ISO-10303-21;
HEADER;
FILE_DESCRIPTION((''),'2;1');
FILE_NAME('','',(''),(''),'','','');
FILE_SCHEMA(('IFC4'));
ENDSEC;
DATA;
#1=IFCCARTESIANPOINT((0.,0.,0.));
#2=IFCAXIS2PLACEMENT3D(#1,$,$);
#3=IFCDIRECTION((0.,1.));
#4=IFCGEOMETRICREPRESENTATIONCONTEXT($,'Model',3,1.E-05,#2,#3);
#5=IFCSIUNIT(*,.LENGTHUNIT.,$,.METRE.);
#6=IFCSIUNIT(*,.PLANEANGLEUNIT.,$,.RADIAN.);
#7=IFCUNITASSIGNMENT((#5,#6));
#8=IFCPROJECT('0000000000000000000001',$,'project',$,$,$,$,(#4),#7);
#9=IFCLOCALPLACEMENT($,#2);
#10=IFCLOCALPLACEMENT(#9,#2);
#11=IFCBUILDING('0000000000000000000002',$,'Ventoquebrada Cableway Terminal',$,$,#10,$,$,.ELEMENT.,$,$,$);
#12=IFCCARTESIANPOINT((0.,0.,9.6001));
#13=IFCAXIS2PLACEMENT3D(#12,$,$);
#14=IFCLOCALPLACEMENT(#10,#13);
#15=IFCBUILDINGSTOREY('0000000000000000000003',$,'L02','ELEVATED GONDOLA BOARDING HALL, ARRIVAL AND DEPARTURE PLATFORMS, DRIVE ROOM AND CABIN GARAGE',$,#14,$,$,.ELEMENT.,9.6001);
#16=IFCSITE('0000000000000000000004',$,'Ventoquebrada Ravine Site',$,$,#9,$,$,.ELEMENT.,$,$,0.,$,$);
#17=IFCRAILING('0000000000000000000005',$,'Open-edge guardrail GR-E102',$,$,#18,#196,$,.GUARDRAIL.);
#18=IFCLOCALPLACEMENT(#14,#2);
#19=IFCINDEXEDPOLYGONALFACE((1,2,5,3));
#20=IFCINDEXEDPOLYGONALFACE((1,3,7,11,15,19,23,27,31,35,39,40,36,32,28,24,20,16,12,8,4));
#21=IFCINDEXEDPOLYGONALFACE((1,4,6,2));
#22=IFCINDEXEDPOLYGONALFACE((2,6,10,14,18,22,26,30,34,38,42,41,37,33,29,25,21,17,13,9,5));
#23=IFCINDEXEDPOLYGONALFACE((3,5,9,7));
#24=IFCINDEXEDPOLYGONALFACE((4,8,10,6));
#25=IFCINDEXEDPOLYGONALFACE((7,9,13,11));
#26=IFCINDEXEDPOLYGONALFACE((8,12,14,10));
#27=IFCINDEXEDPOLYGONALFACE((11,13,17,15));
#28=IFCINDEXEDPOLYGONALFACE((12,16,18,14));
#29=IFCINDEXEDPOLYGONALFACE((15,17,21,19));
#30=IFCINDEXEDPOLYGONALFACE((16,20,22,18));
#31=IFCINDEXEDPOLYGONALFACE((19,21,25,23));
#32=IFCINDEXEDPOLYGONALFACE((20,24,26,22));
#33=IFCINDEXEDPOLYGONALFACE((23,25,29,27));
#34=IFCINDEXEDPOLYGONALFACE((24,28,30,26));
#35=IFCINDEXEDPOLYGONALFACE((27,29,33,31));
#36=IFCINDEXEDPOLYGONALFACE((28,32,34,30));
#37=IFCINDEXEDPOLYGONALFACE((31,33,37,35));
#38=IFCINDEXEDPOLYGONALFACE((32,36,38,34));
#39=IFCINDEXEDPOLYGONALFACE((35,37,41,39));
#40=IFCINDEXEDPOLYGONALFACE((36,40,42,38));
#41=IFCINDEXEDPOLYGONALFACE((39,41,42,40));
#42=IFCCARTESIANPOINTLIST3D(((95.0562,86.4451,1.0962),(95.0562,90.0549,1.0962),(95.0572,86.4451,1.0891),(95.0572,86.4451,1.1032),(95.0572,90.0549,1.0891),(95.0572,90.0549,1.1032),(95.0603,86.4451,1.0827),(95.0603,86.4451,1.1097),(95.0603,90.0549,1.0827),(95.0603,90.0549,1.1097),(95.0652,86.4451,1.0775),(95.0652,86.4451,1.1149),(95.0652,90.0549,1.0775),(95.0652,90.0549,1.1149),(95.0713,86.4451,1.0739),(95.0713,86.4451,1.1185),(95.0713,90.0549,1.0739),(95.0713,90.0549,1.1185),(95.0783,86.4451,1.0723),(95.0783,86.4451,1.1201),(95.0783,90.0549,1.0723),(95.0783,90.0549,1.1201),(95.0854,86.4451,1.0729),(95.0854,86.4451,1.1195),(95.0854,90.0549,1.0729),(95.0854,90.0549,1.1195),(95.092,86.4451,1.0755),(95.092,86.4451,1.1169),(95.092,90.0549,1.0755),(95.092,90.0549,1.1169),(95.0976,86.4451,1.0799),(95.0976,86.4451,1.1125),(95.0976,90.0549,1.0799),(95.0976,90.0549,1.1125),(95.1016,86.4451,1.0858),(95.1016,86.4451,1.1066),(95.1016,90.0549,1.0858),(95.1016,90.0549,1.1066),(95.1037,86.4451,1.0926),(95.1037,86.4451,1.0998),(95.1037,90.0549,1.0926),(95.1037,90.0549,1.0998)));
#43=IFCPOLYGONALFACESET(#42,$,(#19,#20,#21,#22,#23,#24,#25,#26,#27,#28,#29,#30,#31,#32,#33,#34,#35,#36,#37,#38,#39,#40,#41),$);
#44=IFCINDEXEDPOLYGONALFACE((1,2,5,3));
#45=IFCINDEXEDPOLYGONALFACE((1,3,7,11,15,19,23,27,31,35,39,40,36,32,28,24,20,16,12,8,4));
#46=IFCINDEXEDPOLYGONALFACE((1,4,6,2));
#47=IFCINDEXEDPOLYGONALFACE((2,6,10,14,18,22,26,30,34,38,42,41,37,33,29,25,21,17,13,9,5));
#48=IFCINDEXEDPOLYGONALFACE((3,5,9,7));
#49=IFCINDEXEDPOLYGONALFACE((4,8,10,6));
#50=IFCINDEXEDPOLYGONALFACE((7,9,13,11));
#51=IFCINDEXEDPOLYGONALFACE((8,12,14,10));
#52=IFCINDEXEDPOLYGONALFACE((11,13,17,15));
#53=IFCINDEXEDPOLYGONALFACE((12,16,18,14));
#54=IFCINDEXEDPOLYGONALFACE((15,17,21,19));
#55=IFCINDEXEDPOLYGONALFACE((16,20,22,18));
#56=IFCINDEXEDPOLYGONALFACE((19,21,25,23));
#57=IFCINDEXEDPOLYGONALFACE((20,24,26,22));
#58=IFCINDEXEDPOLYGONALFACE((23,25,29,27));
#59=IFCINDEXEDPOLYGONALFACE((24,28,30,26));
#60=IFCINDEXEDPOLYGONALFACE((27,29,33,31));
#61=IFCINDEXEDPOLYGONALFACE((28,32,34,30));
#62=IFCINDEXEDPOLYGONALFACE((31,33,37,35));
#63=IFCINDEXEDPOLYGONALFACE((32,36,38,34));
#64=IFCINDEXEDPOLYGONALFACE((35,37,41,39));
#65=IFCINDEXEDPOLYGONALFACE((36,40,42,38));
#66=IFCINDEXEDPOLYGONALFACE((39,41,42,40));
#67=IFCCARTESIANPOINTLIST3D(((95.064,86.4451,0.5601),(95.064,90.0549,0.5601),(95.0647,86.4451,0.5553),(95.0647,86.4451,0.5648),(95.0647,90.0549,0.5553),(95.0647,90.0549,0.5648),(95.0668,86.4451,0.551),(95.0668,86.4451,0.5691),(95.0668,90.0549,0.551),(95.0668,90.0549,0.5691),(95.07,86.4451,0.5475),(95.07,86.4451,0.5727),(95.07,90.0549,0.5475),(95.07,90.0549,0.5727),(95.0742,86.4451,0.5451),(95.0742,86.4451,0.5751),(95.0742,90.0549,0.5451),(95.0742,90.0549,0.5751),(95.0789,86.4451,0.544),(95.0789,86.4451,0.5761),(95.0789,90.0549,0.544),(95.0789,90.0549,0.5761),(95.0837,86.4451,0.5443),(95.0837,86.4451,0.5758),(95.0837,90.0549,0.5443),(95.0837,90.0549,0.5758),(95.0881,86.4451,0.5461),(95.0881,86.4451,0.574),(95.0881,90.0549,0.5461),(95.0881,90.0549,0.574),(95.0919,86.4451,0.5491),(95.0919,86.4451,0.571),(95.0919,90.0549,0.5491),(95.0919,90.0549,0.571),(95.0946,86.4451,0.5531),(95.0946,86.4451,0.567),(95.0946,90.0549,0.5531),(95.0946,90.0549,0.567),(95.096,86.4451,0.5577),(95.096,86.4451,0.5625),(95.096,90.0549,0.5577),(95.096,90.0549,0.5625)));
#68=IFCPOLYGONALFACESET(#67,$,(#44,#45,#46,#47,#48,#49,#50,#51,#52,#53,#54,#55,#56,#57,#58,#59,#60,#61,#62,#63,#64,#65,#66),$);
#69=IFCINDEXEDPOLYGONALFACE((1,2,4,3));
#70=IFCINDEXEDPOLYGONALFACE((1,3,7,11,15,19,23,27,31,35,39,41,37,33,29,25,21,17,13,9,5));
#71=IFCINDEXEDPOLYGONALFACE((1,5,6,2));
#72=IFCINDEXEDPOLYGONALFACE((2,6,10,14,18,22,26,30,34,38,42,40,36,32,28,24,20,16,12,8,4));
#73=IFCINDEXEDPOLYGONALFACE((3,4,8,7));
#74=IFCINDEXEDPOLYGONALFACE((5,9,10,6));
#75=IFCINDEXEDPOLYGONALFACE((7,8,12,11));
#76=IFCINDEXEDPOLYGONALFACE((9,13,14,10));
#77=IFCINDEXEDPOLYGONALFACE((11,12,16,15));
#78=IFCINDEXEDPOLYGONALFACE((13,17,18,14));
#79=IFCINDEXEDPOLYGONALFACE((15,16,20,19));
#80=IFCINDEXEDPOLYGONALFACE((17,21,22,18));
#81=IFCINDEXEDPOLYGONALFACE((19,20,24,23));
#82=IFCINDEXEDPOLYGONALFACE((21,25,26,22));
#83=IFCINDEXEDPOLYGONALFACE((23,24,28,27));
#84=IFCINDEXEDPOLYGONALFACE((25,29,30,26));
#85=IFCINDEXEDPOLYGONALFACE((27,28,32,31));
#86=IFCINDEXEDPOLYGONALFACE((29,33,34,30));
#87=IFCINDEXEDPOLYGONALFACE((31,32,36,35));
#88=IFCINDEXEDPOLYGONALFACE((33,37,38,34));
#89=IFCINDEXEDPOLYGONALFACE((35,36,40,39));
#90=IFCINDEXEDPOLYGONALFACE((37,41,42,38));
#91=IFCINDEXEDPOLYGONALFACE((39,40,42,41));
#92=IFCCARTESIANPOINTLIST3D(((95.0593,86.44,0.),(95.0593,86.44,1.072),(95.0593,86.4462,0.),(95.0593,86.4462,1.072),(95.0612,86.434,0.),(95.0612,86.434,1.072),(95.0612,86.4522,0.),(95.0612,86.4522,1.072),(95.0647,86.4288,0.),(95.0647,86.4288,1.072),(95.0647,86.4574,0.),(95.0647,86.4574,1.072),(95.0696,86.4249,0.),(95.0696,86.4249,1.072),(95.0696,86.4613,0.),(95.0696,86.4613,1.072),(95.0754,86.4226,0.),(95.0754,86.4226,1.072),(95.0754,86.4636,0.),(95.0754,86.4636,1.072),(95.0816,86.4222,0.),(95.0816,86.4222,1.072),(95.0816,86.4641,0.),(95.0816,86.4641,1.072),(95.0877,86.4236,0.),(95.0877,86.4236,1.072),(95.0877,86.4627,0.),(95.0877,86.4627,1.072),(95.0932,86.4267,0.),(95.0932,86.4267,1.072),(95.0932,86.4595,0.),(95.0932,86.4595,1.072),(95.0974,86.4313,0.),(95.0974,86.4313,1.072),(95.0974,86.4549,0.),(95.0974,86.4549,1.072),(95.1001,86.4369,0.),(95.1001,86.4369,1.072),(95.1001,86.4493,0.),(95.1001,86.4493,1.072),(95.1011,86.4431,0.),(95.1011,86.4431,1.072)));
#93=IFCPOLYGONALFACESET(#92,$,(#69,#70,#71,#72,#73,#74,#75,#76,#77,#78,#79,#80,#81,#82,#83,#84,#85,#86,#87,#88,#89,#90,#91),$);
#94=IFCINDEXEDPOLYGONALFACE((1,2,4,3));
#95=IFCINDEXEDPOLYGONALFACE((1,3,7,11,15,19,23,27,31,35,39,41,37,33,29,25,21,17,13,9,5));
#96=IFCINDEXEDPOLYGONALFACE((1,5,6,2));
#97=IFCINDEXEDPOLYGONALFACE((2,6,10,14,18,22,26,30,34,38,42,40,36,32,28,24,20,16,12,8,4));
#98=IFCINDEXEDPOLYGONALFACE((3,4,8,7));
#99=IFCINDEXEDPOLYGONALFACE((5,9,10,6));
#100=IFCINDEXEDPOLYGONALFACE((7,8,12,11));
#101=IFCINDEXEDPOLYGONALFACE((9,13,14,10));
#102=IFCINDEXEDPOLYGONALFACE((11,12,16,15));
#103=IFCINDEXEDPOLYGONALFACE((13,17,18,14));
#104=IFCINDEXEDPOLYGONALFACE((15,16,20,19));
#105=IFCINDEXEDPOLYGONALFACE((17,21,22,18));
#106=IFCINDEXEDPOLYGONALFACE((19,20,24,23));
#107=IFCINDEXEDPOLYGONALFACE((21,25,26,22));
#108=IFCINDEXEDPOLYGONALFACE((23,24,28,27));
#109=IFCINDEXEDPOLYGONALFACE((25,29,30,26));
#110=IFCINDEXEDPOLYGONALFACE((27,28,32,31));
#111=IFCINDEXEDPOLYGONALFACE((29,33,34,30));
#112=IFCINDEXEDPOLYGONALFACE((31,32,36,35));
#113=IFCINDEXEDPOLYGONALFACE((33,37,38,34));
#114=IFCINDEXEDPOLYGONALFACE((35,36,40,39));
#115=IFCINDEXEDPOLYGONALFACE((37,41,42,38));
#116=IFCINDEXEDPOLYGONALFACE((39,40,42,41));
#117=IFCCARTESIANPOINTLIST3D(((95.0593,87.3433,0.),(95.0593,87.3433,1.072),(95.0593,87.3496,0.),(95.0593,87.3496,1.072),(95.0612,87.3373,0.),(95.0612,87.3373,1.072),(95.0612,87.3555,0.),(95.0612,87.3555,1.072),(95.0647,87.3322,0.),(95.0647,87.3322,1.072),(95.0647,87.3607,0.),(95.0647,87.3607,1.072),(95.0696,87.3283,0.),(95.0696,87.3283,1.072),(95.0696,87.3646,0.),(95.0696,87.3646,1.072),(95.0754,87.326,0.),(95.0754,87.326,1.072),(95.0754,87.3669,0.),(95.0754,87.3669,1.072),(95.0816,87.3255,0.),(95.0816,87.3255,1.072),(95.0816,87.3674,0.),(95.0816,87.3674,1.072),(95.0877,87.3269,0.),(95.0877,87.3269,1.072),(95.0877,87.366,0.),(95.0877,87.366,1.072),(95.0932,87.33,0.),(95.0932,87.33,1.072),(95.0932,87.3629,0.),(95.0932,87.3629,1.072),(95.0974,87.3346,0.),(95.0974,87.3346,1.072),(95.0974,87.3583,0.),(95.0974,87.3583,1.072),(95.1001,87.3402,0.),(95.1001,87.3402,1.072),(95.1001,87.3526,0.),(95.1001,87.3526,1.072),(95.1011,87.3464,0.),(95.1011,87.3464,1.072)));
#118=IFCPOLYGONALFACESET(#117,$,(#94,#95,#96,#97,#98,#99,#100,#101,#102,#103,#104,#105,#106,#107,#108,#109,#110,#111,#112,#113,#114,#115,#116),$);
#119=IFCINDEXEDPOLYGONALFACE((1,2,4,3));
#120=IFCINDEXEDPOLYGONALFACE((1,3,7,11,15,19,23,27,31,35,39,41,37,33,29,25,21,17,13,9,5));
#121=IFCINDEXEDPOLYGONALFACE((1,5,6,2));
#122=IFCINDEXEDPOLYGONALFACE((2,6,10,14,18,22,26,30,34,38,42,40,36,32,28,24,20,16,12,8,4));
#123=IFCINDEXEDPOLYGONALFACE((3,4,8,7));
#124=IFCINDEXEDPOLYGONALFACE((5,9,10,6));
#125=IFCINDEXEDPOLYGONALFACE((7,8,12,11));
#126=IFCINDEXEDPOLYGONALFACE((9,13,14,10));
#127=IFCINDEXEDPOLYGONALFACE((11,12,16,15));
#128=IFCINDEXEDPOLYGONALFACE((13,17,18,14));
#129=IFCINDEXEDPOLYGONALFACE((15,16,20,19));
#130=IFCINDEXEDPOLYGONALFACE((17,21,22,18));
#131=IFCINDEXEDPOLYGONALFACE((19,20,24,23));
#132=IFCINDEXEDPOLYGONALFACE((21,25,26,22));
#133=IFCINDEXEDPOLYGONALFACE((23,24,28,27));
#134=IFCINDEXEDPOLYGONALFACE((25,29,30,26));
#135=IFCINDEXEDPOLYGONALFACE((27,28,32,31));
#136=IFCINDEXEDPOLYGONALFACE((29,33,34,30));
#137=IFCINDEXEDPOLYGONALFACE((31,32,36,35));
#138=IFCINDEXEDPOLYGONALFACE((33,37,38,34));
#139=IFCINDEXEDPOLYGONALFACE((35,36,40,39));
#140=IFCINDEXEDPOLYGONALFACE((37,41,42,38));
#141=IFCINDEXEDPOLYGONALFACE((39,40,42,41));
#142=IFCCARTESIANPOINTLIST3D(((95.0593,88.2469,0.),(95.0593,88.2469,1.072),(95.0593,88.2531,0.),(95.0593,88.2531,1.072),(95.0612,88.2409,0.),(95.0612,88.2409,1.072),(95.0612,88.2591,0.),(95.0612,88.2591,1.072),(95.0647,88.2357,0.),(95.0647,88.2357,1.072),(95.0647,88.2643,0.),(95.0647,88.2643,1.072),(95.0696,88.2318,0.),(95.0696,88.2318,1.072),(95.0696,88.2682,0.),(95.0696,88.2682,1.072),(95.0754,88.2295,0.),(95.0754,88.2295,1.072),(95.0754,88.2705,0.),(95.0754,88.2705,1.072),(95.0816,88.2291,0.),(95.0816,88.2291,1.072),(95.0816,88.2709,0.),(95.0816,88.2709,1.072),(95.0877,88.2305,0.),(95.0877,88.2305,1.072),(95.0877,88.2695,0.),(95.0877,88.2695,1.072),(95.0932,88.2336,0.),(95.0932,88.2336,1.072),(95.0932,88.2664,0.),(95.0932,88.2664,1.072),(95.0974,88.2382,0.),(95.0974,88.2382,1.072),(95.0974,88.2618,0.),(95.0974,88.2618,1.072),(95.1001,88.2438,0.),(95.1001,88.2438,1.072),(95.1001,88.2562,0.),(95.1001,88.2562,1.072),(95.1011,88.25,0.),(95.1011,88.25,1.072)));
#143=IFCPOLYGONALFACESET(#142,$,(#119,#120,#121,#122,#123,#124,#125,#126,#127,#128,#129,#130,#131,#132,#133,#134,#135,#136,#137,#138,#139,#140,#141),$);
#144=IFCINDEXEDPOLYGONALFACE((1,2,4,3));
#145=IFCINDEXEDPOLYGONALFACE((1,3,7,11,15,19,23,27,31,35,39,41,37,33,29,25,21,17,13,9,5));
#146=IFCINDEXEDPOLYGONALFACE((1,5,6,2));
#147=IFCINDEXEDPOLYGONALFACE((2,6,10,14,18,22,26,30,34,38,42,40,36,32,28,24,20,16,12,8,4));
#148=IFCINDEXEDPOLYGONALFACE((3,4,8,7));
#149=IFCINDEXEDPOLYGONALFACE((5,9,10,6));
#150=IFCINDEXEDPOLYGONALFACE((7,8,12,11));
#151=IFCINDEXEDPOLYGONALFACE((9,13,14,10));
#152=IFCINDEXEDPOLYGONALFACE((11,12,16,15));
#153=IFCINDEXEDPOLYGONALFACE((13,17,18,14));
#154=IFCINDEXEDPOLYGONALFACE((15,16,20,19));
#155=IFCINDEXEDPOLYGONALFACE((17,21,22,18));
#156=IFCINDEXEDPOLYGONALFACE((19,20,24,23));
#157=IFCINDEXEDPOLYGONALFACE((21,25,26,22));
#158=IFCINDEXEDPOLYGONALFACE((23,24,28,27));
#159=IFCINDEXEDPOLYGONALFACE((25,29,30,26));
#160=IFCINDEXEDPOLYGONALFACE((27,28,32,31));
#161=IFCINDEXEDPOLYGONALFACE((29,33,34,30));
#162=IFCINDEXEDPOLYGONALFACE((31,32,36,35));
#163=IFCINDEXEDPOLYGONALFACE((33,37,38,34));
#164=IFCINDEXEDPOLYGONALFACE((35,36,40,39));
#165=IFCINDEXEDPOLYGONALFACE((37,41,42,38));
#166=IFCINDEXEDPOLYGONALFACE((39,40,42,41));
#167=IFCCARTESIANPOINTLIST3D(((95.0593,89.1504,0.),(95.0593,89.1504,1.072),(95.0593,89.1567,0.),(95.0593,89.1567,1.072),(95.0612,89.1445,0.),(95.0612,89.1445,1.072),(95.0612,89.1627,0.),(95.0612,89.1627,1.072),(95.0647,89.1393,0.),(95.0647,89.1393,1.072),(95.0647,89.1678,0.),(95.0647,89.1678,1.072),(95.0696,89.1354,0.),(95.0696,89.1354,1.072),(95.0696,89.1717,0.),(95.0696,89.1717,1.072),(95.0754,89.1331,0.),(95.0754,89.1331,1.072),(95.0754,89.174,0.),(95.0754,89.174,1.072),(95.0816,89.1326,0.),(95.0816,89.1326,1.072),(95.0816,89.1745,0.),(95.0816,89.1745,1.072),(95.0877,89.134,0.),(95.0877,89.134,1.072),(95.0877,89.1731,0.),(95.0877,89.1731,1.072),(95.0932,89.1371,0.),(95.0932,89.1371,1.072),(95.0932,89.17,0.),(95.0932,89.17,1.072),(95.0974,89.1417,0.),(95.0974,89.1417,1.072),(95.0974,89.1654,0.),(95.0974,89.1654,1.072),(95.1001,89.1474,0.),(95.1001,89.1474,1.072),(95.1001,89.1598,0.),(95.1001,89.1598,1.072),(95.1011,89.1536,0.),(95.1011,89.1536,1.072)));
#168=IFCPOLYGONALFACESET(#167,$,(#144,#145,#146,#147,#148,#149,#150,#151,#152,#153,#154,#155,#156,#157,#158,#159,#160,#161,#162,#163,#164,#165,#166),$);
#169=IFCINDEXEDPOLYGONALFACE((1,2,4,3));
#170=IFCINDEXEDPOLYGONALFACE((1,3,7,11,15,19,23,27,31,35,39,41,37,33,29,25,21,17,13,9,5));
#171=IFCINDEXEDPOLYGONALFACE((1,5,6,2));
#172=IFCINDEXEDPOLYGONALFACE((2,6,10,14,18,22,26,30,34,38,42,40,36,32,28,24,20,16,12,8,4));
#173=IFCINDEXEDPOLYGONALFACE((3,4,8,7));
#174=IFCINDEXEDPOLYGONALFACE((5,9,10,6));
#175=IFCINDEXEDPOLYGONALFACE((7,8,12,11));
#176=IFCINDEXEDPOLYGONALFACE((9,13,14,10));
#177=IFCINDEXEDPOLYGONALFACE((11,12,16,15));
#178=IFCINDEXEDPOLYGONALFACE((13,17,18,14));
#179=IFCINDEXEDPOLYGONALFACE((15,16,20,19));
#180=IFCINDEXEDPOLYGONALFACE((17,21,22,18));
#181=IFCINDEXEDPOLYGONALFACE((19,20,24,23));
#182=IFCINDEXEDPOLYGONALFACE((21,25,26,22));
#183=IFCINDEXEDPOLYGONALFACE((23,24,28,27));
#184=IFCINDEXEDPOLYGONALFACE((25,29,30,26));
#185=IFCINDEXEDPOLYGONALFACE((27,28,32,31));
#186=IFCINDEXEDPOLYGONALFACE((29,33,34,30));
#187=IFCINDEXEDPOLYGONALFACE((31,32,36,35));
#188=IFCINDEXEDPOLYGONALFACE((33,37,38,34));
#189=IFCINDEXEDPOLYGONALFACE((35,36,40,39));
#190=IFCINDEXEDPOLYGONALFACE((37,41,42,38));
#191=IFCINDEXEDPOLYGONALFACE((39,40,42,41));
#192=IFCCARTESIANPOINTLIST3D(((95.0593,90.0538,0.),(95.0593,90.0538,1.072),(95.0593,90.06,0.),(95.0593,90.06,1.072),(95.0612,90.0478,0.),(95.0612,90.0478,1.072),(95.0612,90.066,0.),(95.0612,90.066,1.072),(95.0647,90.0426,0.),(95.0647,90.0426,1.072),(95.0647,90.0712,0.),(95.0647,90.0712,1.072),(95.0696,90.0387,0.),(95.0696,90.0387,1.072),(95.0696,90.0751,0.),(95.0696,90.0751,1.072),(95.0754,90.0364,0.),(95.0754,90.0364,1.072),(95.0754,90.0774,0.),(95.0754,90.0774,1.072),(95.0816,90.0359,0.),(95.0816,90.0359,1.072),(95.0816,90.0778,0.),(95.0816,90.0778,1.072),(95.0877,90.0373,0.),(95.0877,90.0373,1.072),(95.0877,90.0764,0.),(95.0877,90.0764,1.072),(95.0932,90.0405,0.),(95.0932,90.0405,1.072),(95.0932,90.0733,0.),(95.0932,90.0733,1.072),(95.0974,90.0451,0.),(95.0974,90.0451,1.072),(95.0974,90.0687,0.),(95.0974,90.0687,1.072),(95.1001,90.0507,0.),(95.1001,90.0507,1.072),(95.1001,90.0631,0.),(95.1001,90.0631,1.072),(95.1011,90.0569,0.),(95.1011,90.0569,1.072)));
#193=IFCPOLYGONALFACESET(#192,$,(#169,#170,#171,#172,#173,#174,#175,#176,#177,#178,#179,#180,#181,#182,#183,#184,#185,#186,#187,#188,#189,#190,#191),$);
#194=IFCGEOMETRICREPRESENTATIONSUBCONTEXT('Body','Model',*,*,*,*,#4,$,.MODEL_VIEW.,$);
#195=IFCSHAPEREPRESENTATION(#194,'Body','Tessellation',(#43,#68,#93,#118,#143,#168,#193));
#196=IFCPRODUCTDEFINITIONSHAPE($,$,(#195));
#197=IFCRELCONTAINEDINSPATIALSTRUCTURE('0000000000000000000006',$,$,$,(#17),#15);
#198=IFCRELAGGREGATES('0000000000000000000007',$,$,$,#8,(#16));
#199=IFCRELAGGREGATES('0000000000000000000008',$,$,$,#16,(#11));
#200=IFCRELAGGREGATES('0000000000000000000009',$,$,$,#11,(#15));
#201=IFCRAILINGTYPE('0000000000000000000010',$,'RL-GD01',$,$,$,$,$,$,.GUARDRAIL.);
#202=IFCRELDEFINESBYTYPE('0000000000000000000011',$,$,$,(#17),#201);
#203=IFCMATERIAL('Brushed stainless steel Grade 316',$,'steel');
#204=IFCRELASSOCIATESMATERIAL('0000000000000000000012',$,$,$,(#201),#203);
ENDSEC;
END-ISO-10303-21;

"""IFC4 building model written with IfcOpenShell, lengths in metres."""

from ifc_helpers import new_model, si_unit, direction, frame, origin, origin_2d, place, context, subcontext, project, spatial, circle, extrude, material, type_object, element, save


model = new_model("IFC4")

# Units and contexts
model_context = context("Model", 3, precision=1e-05, world=origin(), true_north=direction((0.0, 1.0)))
body_context = subcontext(model_context, "Body", "Model", "MODEL_VIEW")
ifc_project = project(units=[si_unit("LENGTHUNIT", "METRE"), si_unit("PLANEANGLEUNIT", "RADIAN")], contexts=[model_context])

# Site, building, storey
site_placement = place(None, origin())
site = spatial("IfcSite", under=ifc_project, at=site_placement, Name="Ventoquebrada Ravine Site", CompositionType="ELEMENT", RefElevation=0.0)
building_placement = place(site_placement, origin())
building = spatial("IfcBuilding", under=site, at=building_placement, Name="Ventoquebrada Cableway Terminal", CompositionType="ELEMENT")
storey_placement = place(building_placement, frame((0.0, 0.0, 9.6001)))
storey = spatial("IfcBuildingStorey", under=building, at=storey_placement, Name="L02", Description="ELEVATED GONDOLA BOARDING HALL, ARRIVAL AND DEPARTURE PLATFORMS, DRIVE ROOM AND CABIN GARAGE", CompositionType="ELEMENT", Elevation=9.6001)

# Railing
ifc_material_1 = material(Name="Brushed stainless steel Grade 316", Category="steel")
railing_type = type_object("IfcRailingType", Name="RL-GD01", PredefinedType="GUARDRAIL", material=ifc_material_1)
railing_placement = place(storey_placement, frame((95.0801, 86.4431, 0.0)))
element("IfcRailing", 1, at=railing_placement, inside=storey, type_object=railing_type, Name="Open-edge guardrail GR-E102", PredefinedType="GUARDRAIL", context=body_context, shape_type="SweptSolid", body=[
    extrude(circle(Radius=0.0239, at=origin_2d()), frame((0.0, 0.002, 1.0962), z_axis=(0.0, 1.0, 0.0), x_axis=(-1.0, 0.0, 0.0)), (0.0, 0.0, 1.0), 3.6099),
    extrude(circle(Radius=0.0161, at=origin_2d()), frame((0.0, 0.002, 0.5601), z_axis=(0.0, 1.0, 0.0), x_axis=(-1.0, 0.0, 0.0)), (0.0, 0.0, 1.0), 3.6099),
    extrude(circle(Radius=0.021, at=origin_2d()), origin(), (0.0, 0.0, 1.0), 1.072),
    extrude(circle(Radius=0.021, at=origin_2d()), frame((0.0, 0.9033, 0.0)), (0.0, 0.0, 1.0), 1.072),
    extrude(circle(Radius=0.021, at=origin_2d()), frame((0.0, 1.8069, 0.0)), (0.0, 0.0, 1.0), 1.072),
    extrude(circle(Radius=0.021, at=origin_2d()), frame((0.0, 2.7104, 0.0)), (0.0, 0.0, 1.0), 1.072),
    extrude(circle(Radius=0.021, at=origin_2d()), frame((0.0, 3.6138, 0.0)), (0.0, 0.0, 1.0), 1.072),
])

save(model, "model.ifc")
